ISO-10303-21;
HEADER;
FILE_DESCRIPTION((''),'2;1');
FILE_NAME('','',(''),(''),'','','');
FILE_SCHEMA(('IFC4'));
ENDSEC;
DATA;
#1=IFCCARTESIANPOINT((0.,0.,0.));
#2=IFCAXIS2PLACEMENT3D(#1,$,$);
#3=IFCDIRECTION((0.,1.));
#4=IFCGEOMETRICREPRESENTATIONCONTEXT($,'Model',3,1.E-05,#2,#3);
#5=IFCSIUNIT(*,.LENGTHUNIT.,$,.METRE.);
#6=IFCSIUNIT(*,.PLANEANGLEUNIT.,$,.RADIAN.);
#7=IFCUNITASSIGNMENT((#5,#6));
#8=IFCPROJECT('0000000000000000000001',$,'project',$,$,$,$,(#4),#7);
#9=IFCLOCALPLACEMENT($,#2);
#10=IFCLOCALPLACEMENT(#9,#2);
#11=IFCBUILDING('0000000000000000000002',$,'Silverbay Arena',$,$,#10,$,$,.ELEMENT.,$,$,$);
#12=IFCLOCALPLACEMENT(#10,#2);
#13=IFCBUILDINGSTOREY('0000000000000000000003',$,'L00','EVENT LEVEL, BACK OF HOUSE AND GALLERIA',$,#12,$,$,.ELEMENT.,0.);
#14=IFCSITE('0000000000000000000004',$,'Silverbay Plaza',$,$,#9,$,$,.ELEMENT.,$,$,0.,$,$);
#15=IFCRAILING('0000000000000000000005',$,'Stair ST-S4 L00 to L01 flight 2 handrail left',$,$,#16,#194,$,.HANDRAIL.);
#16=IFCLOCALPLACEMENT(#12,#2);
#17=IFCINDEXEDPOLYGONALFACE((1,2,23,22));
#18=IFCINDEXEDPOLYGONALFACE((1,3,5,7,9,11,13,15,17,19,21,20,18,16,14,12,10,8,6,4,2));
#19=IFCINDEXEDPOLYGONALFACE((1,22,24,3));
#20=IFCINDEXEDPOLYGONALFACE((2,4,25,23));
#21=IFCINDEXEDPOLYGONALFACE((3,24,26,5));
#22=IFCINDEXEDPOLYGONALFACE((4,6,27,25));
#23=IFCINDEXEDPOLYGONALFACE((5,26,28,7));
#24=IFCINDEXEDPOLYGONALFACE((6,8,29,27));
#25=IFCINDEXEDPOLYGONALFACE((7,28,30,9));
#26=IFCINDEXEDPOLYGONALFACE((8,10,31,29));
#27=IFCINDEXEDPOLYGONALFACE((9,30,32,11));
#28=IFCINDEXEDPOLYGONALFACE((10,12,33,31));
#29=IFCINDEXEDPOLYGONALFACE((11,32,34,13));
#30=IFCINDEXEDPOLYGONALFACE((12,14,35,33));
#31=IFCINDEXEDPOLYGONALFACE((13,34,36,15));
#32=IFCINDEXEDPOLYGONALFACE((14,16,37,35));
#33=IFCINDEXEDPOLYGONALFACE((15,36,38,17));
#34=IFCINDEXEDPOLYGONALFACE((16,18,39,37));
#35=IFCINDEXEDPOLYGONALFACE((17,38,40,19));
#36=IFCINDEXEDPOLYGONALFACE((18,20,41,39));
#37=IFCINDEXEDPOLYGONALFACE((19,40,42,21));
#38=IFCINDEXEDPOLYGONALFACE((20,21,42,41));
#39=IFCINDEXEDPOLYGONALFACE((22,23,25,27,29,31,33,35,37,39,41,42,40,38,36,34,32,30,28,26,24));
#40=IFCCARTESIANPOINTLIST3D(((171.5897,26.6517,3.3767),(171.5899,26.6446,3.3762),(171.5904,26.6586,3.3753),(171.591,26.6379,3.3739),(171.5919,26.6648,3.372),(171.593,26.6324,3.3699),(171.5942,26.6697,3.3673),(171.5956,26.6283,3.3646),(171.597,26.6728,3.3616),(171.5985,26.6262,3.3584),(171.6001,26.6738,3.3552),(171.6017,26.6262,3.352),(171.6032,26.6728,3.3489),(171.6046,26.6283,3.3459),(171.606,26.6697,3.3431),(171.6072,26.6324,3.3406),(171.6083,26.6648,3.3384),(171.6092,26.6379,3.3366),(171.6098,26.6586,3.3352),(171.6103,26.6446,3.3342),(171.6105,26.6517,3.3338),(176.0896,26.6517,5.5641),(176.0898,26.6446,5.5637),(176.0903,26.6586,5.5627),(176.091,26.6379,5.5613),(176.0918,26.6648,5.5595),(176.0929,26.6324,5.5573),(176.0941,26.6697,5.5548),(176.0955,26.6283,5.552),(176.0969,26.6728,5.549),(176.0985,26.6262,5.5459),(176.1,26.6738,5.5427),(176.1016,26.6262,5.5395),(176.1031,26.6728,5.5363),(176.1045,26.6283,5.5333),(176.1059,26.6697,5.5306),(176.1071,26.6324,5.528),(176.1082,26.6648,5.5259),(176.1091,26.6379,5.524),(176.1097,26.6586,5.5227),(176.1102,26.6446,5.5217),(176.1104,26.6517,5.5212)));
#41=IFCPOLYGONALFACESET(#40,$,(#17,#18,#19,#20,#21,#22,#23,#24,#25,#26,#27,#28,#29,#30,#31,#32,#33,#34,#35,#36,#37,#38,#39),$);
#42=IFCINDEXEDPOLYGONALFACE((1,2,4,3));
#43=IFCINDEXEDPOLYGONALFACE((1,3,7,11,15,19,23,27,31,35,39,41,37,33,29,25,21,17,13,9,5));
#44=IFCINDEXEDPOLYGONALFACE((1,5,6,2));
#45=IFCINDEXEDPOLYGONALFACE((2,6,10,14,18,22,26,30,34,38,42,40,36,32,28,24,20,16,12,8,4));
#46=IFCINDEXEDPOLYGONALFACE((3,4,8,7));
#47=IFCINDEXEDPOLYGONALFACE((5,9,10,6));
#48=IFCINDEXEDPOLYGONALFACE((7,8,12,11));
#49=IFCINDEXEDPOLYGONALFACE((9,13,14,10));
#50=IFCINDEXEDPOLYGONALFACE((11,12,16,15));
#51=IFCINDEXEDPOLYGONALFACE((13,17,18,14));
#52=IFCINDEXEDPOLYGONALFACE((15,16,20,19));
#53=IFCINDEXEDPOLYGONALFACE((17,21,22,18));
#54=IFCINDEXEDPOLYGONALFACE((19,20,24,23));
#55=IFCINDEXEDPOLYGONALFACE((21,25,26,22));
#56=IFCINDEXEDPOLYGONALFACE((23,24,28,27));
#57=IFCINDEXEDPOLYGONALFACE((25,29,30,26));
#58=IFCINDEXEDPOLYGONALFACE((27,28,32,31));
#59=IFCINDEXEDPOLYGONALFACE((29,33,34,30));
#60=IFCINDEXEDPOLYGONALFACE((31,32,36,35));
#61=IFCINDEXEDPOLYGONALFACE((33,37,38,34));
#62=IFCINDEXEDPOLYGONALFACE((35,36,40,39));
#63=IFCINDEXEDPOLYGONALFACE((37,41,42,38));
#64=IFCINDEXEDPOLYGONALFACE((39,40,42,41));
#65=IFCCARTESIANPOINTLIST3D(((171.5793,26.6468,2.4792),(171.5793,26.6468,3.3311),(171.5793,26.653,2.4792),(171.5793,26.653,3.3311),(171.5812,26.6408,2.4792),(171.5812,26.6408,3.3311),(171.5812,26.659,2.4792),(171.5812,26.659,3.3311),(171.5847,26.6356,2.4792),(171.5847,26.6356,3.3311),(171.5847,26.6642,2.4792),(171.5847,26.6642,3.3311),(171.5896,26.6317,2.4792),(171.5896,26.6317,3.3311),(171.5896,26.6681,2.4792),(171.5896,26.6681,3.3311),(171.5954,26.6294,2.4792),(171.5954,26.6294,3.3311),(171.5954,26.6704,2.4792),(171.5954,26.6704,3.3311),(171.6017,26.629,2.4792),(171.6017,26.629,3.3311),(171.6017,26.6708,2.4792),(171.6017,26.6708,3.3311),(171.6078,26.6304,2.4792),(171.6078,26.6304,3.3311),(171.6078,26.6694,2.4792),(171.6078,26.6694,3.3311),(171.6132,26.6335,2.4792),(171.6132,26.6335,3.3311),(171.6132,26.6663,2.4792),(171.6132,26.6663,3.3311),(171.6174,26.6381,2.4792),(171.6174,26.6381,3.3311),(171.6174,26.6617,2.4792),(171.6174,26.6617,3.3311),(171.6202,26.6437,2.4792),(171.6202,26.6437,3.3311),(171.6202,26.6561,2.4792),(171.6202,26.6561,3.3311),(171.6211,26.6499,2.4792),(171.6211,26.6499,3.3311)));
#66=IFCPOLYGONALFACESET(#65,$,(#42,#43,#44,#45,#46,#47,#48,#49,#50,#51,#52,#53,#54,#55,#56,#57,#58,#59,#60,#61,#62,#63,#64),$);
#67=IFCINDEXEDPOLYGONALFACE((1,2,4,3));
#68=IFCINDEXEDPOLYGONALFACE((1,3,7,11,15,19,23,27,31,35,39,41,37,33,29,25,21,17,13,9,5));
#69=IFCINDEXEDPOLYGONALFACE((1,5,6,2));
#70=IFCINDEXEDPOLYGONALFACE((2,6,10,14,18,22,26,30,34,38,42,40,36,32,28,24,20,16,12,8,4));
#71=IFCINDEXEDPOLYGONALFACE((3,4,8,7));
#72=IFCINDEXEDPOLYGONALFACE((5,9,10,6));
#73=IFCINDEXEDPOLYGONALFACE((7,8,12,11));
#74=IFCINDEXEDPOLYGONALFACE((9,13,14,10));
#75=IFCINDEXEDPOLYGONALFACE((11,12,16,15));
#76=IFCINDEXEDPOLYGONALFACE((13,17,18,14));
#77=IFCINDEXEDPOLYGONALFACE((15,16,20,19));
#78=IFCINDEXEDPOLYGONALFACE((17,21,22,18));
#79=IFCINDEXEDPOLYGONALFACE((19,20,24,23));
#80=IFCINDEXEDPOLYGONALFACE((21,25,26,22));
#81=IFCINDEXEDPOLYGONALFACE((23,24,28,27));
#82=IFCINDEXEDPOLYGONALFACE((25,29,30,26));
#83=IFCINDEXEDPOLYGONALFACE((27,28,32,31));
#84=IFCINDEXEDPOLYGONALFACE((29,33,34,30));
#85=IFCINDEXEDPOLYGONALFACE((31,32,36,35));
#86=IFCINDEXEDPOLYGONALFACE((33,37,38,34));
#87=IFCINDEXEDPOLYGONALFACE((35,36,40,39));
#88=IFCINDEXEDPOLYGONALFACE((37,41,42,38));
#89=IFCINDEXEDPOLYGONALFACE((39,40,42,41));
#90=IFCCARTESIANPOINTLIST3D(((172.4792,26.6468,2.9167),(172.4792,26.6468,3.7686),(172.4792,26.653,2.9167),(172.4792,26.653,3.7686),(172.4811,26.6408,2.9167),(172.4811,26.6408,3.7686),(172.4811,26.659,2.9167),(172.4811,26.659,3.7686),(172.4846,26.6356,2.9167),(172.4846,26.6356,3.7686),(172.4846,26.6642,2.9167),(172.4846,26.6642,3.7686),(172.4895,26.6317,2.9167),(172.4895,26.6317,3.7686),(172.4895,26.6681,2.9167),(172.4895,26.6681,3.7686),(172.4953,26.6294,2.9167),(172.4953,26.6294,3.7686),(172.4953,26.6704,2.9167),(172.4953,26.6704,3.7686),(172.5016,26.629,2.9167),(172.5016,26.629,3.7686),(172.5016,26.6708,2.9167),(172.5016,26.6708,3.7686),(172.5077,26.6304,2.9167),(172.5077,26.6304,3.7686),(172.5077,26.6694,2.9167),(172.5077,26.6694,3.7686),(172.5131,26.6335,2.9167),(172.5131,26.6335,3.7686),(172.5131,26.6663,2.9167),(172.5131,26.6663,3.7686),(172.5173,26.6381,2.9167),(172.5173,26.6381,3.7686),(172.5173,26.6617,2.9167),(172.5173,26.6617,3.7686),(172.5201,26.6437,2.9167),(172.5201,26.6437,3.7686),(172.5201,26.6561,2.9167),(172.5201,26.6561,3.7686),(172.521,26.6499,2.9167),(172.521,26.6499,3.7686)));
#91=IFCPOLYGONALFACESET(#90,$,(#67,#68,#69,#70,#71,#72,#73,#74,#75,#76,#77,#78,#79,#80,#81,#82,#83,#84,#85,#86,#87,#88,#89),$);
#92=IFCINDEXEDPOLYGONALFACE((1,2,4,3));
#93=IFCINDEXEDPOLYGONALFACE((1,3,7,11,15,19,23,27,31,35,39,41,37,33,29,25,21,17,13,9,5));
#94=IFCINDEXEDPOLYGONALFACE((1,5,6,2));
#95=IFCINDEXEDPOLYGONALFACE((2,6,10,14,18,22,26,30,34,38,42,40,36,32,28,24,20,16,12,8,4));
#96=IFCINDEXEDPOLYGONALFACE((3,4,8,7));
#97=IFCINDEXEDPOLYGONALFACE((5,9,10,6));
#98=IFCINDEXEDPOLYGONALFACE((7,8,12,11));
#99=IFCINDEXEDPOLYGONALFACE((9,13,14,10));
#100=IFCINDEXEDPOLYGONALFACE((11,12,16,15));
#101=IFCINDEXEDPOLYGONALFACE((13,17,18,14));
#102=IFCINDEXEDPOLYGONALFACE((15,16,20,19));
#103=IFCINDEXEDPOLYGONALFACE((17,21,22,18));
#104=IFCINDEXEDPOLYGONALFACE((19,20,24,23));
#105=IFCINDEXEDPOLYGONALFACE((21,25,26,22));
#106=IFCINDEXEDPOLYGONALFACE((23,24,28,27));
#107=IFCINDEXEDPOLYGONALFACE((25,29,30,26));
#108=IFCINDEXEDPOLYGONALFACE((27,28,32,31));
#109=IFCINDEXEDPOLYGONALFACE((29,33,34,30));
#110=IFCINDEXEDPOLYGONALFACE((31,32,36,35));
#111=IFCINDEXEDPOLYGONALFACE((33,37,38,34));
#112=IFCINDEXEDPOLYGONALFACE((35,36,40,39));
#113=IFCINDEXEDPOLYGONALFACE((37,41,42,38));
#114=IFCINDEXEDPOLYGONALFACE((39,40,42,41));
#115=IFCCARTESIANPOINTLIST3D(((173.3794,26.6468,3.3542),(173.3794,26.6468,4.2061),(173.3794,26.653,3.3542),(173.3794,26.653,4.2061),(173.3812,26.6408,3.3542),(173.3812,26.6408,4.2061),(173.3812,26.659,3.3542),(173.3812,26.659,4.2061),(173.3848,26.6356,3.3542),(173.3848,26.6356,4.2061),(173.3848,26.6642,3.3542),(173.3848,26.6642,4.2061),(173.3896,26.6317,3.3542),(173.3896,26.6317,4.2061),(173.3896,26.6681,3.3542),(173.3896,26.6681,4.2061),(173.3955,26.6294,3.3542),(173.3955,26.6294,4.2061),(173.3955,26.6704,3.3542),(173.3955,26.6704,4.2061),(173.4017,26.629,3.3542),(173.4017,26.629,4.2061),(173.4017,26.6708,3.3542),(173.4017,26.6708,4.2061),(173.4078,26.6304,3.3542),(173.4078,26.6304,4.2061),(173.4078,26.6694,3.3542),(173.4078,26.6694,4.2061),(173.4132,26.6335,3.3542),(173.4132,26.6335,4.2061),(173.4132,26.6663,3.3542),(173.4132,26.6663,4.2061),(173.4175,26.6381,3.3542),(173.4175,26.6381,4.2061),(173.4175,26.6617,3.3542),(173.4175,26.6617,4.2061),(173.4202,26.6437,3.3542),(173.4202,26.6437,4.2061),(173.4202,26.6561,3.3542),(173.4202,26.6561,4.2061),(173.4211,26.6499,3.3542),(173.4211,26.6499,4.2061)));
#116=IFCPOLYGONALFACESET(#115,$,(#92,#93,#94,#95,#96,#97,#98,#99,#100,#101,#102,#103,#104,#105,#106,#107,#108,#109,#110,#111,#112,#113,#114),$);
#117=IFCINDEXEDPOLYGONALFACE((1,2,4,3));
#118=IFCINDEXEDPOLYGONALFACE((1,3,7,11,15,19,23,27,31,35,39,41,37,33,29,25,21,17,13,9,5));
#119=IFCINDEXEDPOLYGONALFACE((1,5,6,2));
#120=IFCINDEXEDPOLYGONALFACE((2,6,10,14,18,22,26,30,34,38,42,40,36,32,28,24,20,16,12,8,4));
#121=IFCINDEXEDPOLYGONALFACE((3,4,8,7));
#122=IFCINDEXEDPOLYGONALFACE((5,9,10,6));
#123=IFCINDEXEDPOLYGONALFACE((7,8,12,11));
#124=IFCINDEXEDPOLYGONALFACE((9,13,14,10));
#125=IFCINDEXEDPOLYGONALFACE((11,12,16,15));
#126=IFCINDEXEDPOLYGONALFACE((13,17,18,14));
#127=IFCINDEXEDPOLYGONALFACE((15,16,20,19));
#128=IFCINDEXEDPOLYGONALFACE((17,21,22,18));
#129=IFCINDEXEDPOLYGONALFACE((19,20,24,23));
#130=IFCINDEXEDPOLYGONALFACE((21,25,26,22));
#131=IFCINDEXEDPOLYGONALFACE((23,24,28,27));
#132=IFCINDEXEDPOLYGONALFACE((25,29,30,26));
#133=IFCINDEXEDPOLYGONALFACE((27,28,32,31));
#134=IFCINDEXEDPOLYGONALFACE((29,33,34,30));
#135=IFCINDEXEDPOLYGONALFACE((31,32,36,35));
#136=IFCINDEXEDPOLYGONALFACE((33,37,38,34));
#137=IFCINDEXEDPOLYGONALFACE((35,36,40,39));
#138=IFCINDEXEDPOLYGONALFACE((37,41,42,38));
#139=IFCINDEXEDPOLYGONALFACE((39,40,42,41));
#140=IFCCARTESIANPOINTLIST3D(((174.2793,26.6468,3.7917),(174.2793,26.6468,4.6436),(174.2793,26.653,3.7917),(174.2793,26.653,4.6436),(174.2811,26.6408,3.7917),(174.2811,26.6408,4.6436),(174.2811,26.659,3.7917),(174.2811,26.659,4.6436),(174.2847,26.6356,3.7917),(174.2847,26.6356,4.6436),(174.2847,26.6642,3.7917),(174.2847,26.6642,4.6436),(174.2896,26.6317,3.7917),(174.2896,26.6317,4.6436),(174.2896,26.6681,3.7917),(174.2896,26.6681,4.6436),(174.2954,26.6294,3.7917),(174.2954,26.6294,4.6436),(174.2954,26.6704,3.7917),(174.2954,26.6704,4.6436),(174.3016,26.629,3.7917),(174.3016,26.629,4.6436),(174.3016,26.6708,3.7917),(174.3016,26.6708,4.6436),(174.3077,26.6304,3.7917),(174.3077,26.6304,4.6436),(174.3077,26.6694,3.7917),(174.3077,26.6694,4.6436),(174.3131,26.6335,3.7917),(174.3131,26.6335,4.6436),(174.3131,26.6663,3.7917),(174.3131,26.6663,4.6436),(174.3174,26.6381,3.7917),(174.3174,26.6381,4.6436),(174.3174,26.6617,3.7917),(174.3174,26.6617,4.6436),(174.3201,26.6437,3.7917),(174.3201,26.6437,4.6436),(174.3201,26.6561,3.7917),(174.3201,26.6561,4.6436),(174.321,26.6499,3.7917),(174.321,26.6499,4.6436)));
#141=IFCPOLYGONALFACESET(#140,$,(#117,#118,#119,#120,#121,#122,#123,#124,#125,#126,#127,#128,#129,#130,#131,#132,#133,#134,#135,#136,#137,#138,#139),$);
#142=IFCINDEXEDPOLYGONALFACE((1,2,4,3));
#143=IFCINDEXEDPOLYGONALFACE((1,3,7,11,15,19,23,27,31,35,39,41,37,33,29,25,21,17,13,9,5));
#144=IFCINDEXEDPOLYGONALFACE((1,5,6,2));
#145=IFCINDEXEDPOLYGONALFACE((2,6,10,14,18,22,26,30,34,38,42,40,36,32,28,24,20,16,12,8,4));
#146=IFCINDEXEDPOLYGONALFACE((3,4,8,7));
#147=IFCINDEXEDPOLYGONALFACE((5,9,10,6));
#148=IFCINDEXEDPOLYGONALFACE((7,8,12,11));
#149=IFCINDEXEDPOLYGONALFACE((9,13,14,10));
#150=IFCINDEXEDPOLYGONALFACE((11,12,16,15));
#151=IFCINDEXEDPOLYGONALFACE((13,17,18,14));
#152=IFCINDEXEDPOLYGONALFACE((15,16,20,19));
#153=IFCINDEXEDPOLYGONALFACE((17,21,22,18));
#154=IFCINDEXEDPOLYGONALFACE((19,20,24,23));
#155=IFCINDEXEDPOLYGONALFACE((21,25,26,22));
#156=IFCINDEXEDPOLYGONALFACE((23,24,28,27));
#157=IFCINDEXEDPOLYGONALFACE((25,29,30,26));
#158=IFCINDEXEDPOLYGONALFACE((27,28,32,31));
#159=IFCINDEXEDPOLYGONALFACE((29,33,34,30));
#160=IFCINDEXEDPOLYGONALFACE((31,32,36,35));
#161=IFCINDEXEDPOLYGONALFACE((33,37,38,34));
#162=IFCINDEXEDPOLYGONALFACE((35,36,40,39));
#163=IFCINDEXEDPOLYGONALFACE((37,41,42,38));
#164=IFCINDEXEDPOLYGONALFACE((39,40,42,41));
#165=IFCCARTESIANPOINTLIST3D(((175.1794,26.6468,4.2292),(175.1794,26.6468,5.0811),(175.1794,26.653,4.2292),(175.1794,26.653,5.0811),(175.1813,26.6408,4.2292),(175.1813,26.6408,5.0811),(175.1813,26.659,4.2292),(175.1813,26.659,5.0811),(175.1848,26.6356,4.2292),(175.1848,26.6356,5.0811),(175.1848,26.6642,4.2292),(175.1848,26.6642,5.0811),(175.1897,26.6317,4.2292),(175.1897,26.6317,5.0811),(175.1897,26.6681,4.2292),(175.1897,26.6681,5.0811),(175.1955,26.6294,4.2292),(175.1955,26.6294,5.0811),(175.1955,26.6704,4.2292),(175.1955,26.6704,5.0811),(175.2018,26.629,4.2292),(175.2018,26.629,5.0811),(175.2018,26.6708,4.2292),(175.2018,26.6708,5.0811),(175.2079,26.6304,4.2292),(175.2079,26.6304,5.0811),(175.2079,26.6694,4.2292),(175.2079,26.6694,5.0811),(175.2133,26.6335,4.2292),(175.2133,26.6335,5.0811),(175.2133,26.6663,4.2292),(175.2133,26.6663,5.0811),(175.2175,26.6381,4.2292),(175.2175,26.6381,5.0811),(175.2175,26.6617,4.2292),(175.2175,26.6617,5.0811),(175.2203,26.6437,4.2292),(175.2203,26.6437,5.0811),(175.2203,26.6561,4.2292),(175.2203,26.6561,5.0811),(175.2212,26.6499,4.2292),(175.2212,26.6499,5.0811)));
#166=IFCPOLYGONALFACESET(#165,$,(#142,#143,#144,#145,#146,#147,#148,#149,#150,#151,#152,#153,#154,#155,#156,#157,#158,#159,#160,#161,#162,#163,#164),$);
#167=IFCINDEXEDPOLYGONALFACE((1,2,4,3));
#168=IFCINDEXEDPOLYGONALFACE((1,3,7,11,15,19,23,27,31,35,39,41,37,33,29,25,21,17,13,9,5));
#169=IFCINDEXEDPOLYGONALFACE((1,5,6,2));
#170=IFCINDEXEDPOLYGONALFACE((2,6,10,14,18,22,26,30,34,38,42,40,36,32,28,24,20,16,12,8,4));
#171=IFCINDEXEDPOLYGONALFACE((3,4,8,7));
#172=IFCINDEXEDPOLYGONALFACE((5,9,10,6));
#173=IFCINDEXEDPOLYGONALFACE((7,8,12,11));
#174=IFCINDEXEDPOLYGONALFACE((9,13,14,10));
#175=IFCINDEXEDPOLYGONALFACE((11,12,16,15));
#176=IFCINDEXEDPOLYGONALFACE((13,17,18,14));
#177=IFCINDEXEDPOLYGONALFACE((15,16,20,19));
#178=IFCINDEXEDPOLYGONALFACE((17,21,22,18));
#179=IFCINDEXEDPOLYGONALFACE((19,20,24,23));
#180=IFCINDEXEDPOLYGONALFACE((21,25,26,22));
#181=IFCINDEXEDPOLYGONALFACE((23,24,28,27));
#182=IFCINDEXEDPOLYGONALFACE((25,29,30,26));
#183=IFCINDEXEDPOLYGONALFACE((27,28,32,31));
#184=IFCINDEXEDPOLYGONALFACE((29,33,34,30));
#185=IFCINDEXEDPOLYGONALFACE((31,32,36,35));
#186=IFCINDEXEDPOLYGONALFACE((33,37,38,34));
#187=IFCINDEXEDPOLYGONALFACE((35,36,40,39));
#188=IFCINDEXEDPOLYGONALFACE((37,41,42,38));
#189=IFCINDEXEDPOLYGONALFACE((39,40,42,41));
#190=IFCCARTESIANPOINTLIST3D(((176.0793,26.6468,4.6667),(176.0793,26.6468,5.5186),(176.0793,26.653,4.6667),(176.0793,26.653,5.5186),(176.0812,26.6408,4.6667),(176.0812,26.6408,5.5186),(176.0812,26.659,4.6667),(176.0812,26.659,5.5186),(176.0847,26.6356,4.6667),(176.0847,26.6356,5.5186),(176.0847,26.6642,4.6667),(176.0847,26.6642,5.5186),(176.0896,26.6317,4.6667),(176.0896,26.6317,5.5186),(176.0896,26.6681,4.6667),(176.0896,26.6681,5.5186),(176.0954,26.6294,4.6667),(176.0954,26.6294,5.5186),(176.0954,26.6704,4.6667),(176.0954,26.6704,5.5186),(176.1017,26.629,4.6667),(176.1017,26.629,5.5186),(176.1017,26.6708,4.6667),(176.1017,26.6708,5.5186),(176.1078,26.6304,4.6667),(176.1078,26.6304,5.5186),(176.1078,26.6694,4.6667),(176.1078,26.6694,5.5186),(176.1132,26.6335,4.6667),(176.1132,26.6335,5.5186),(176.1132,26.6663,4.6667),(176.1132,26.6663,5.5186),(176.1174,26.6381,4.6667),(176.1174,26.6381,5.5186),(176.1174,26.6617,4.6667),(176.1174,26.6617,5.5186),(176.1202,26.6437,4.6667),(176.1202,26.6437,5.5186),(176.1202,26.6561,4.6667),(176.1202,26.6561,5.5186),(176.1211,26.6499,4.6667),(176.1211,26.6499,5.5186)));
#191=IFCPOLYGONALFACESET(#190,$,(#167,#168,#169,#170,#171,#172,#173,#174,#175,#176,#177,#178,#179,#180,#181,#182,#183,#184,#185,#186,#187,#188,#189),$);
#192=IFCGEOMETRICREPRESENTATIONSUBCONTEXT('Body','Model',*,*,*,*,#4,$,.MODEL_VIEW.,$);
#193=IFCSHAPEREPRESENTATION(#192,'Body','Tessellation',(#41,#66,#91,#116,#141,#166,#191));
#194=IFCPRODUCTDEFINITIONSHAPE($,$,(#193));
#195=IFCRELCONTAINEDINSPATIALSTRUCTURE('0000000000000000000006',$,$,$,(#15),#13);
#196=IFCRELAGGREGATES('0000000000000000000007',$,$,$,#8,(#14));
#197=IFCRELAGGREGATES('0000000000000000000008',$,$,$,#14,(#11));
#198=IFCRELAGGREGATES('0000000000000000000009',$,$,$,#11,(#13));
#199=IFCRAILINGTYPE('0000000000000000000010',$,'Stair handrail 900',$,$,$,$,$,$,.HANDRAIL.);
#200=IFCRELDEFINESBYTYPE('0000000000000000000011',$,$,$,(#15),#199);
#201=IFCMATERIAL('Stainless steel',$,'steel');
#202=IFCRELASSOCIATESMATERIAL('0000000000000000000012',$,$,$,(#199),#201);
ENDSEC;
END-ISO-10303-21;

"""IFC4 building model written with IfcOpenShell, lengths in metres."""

from ifc_helpers import new_model, si_unit, direction, frame, origin, origin_2d, place, context, subcontext, project, spatial, circle, extrude, material, type_object, element, save


model = new_model("IFC4")

# Units and contexts
model_context = context("Model", 3, precision=1e-05, world=origin(), true_north=direction((0.0, 1.0)))
body_context = subcontext(model_context, "Body", "Model", "MODEL_VIEW")
ifc_project = project(units=[si_unit("LENGTHUNIT", "METRE"), si_unit("PLANEANGLEUNIT", "RADIAN")], contexts=[model_context])

# Site, building, storey
site_placement = place(None, origin())
site = spatial("IfcSite", under=ifc_project, at=site_placement, Name="Silverbay Plaza", CompositionType="ELEMENT", RefElevation=0.0)
building_placement = place(site_placement, origin())
building = spatial("IfcBuilding", under=site, at=building_placement, Name="Silverbay Arena", CompositionType="ELEMENT")
storey_placement = place(building_placement, origin())
storey = spatial("IfcBuildingStorey", under=building, at=storey_placement, Name="L00", Description="EVENT LEVEL, BACK OF HOUSE AND GALLERIA", CompositionType="ELEMENT", Elevation=0.0)

# Railing
ifc_material_1 = material(Name="Stainless steel", Category="steel")
railing_type_1 = type_object("IfcRailingType", Name="Stair handrail 900", PredefinedType="HANDRAIL", material=ifc_material_1)
for number, where, name in (
    (1, (171.6001, 26.6499, 2.4792), "Stair ST-S4 L00 to L01 flight 2 handrail left"),
):
    element("IfcRailing", number, at=place(storey_placement, frame(where)), inside=storey, type_object=railing_type_1, Name=name, PredefinedType="HANDRAIL", context=body_context, shape_type="SweptSolid", body=[
        extrude(circle(Radius=0.0239, at=origin_2d()), frame((0.0, 0.0, 0.876), z_axis=(0.899368, 0.0, 0.437193), x_axis=(0.0, 1.0, 0.0)), (0.0, 0.0, 1.0), 5.0034),
        extrude(circle(Radius=0.021, at=origin_2d()), origin(), (0.0, 0.0, 1.0), 0.8518),
        extrude(circle(Radius=0.021, at=origin_2d()), frame((0.8999, 0.0, 0.4375)), (0.0, 0.0, 1.0), 0.8518),
        extrude(circle(Radius=0.021, at=origin_2d()), frame((1.8, 0.0, 0.875)), (0.0, 0.0, 1.0), 0.8518),
        extrude(circle(Radius=0.021, at=origin_2d()), frame((2.7, 0.0, 1.3125)), (0.0, 0.0, 1.0), 0.8518),
        extrude(circle(Radius=0.021, at=origin_2d()), frame((3.6001, 0.0, 1.75)), (0.0, 0.0, 1.0), 0.8518),
        extrude(circle(Radius=0.021, at=origin_2d()), frame((4.5, 0.0, 2.1875)), (0.0, 0.0, 1.0), 0.8518),
    ])

save(model, "model.ifc")
